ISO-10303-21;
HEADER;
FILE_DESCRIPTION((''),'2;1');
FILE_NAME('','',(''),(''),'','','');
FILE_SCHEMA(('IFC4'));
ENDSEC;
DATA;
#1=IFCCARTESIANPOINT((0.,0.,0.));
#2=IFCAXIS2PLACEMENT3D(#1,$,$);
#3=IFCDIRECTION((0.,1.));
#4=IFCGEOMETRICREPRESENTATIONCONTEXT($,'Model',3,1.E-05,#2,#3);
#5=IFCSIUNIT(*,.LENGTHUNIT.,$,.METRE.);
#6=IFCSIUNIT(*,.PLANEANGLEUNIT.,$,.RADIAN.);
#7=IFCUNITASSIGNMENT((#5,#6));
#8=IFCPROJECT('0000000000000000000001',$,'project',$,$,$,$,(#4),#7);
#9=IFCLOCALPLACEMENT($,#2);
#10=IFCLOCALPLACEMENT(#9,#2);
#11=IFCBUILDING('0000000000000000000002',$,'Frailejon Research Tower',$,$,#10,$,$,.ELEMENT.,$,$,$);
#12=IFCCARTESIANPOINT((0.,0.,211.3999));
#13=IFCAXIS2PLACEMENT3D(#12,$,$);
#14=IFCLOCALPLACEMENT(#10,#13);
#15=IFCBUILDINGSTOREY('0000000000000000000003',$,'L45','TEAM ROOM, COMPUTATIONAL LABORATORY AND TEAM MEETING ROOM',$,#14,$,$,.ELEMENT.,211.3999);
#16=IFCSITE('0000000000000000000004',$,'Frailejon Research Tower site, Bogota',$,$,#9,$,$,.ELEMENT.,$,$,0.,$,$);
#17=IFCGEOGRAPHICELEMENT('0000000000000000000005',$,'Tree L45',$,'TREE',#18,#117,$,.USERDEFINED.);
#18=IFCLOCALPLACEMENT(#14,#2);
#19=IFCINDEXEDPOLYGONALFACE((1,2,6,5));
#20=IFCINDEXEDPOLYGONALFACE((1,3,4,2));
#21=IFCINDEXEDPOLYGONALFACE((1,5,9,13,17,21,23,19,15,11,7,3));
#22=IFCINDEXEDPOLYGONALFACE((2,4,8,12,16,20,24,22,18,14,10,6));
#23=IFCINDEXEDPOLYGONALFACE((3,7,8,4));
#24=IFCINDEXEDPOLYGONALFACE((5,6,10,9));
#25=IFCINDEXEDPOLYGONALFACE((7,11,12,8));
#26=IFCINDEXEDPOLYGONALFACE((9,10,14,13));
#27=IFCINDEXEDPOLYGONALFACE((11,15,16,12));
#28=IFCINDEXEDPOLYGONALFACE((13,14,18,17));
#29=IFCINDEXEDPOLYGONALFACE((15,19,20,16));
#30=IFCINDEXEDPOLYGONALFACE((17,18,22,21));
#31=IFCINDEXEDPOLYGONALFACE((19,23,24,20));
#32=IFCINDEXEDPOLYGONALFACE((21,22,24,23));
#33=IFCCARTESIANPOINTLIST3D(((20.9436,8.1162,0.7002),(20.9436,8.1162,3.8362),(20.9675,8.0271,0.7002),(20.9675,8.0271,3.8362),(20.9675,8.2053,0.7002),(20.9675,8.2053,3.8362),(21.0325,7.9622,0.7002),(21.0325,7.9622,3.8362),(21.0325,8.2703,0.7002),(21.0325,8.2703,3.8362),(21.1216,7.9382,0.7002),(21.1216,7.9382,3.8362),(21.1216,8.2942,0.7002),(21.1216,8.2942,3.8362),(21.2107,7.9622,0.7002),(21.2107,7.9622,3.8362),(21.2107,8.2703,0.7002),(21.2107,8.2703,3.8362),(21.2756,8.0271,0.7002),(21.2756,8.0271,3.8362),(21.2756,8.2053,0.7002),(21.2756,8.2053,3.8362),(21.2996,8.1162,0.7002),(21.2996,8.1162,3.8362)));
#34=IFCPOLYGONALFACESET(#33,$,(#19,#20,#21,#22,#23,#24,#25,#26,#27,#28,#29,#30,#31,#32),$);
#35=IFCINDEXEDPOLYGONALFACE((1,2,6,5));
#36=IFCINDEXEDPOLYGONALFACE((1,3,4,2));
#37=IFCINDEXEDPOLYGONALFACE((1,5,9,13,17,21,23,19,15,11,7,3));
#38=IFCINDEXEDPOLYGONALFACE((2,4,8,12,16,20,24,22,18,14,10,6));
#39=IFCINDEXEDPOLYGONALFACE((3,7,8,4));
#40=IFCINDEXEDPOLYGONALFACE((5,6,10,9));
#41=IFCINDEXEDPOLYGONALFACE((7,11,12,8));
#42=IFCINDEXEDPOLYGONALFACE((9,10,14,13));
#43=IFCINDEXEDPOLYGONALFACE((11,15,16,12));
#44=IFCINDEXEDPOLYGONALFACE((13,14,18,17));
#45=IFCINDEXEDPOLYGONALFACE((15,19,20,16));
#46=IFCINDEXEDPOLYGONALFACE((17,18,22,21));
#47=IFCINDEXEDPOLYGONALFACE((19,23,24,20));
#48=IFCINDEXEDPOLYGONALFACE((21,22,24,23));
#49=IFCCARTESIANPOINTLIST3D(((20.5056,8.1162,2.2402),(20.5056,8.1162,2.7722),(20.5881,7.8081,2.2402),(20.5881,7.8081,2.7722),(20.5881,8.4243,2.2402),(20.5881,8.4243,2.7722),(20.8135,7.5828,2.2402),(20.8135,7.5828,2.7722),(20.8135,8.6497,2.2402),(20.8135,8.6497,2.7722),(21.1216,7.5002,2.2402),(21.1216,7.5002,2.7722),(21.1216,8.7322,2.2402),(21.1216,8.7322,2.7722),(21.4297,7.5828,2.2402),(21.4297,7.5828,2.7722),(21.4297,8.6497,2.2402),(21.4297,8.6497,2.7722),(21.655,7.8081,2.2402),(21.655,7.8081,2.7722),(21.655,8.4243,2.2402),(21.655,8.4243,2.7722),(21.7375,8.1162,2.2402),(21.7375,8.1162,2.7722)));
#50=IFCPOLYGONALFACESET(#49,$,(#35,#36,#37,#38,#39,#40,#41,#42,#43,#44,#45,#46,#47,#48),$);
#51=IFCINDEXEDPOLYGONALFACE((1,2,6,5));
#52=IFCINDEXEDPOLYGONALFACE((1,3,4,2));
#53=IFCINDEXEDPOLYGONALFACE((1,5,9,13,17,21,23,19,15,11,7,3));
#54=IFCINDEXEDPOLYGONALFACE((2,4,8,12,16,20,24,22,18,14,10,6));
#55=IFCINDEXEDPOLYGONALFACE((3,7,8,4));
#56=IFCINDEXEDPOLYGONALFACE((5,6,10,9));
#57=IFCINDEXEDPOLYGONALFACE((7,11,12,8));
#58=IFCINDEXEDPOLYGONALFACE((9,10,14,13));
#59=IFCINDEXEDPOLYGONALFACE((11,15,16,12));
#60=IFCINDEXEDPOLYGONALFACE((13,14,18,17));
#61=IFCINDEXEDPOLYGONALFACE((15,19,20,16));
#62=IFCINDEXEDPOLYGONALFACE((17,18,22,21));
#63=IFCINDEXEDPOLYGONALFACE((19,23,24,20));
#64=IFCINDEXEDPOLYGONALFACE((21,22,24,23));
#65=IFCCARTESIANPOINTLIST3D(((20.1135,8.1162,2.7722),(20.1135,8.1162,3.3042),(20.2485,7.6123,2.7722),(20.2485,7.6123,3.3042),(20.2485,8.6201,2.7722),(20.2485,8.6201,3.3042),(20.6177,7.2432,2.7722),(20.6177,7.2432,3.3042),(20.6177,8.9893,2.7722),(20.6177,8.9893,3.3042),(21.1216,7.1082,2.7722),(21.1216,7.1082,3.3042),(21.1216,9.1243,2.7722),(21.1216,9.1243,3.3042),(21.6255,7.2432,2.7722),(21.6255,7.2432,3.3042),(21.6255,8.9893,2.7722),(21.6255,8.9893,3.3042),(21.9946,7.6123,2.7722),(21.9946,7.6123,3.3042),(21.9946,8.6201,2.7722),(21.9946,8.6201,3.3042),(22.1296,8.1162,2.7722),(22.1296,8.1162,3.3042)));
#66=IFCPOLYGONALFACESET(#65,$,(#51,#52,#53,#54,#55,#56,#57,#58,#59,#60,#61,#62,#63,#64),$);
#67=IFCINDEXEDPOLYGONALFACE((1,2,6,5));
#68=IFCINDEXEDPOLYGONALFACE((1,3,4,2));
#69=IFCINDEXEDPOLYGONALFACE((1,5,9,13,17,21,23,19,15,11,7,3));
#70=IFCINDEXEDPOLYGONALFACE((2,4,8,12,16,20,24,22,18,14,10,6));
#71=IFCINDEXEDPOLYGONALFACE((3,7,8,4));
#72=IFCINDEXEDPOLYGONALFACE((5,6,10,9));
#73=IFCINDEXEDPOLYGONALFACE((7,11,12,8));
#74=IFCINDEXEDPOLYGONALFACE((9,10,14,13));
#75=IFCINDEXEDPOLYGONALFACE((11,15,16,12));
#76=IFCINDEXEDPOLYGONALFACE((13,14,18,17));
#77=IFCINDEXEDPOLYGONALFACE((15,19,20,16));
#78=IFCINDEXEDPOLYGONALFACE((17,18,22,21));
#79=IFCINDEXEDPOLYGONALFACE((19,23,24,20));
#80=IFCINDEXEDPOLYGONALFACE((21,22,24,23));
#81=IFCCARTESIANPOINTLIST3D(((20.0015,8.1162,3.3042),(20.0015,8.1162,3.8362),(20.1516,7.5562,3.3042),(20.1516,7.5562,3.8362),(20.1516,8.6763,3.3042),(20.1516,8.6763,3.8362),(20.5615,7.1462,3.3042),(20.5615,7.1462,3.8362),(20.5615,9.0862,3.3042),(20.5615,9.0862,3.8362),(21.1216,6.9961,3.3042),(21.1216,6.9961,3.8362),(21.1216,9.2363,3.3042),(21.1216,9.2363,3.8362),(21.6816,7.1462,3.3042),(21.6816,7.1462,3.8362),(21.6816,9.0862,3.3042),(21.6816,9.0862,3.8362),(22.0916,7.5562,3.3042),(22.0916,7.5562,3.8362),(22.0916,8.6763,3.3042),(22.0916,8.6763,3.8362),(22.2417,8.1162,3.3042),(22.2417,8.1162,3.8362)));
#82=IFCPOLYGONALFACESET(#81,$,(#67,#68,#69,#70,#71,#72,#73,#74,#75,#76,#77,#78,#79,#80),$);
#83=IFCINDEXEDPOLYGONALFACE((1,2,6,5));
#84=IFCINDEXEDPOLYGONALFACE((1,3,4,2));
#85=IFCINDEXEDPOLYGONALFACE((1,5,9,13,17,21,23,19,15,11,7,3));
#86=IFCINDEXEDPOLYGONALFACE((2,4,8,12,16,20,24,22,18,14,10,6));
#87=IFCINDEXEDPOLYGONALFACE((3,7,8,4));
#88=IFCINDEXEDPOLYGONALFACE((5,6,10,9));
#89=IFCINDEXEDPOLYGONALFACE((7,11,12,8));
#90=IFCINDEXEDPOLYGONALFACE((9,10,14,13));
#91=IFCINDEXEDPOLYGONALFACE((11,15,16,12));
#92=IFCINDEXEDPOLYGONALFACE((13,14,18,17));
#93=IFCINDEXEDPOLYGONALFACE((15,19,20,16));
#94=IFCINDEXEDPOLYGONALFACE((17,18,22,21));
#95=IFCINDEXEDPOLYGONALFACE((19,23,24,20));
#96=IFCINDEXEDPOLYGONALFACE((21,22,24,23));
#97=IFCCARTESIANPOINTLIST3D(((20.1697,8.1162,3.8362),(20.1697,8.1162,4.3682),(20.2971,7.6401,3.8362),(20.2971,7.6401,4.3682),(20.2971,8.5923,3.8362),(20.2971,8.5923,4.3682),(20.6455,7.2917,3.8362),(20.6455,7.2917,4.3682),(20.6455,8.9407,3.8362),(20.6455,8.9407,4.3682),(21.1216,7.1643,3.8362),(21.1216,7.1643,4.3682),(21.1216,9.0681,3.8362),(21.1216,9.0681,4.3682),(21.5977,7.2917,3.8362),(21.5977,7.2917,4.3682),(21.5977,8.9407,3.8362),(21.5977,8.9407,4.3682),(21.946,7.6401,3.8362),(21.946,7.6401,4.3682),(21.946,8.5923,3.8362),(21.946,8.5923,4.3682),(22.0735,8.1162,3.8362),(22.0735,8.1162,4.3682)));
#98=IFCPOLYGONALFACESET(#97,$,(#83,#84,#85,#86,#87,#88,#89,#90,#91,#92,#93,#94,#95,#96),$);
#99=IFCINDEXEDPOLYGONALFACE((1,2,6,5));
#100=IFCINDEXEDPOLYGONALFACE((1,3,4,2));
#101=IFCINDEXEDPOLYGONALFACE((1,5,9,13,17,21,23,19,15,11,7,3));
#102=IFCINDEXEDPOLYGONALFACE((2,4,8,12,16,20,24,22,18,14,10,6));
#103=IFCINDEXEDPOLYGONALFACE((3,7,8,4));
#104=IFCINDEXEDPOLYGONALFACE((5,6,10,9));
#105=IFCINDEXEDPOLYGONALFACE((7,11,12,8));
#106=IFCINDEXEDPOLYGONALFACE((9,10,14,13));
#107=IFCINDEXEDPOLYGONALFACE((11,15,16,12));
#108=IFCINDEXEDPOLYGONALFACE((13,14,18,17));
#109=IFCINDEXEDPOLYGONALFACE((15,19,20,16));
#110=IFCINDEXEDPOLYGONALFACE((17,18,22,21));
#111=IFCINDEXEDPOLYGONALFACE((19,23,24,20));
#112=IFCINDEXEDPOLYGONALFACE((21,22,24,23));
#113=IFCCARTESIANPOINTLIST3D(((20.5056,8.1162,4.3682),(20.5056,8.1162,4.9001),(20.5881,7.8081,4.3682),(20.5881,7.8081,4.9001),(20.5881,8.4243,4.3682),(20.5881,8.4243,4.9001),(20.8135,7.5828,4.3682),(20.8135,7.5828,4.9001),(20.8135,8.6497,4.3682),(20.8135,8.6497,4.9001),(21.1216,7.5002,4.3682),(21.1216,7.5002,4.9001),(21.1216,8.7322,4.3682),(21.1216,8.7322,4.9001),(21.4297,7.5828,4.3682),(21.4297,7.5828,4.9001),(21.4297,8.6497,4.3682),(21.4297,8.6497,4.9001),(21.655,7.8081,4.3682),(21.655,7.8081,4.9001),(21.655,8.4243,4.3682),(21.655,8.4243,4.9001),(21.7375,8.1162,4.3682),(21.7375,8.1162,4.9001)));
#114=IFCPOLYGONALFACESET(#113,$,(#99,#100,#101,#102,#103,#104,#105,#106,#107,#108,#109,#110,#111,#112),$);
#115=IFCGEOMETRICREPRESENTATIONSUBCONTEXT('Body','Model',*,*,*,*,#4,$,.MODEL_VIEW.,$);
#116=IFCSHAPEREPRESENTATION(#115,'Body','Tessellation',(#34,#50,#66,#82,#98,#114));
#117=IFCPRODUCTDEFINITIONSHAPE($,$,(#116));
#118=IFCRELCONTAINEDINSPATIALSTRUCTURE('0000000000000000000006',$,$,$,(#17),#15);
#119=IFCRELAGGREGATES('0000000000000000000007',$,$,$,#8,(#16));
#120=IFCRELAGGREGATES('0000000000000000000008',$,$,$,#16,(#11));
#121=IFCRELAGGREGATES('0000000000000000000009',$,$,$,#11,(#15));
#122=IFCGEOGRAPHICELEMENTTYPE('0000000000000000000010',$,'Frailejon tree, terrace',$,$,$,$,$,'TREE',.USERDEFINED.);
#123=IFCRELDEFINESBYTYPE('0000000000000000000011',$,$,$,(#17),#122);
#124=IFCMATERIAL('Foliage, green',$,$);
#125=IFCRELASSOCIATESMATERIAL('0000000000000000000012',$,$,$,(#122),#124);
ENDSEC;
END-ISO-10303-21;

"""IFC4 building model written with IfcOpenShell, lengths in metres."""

from ifc_helpers import new_model, si_unit, direction, frame, origin, place, context, subcontext, project, spatial, polyline, outline, extrude, material, type_object, element, save


model = new_model("IFC4")

# Units and contexts
model_context = context("Model", 3, precision=1e-05, world=origin(), true_north=direction((0.0, 1.0)))
body_context = subcontext(model_context, "Body", "Model", "MODEL_VIEW")
ifc_project = project(units=[si_unit("LENGTHUNIT", "METRE"), si_unit("PLANEANGLEUNIT", "RADIAN")], contexts=[model_context])

# Site, building, storey
site_placement = place(None, origin())
site = spatial("IfcSite", under=ifc_project, at=site_placement, Name="Frailejon Research Tower site, Bogota", CompositionType="ELEMENT", RefElevation=0.0)
building_placement = place(site_placement, origin())
building = spatial("IfcBuilding", under=site, at=building_placement, Name="Frailejon Research Tower", CompositionType="ELEMENT")
storey_placement = place(building_placement, frame((0.0, 0.0, 211.3999)))
storey = spatial("IfcBuildingStorey", under=building, at=storey_placement, Name="L45", Description="TEAM ROOM, COMPUTATIONAL LABORATORY AND TEAM MEETING ROOM", CompositionType="ELEMENT", Elevation=211.3999)

# Geographic element
ifc_material_1 = material(Name="Foliage, green")
geographic_element_type = type_object("IfcGeographicElementType", Name="Frailejon tree, terrace", ElementType="TREE", PredefinedType="USERDEFINED", material=ifc_material_1)
geographic_element_placement = place(storey_placement, frame((21.1216, 8.1162, 0.7002)))
element("IfcGeographicElement", 1, at=geographic_element_placement, inside=storey, type_object=geographic_element_type, Name="Tree L45", ObjectType="TREE", PredefinedType="USERDEFINED", context=body_context, shape_type="SweptSolid", body=[
    extrude(outline(polyline([(0.178, 0.0), (0.1541, 0.0891), (0.0891, 0.1541), (0.0, 0.178), (-0.0891, 0.1541), (-0.1541, 0.0891), (-0.178, 0.0), (-0.1541, -0.0891), (-0.0891, -0.1541), (0.0, -0.178), (0.0891, -0.1541), (0.1541, -0.0891), (0.178, 0.0)])), origin(), (0.0, 0.0, 1.0), 3.136),
    extrude(outline(polyline([(0.616, 0.0), (0.5334, 0.3081), (0.3081, 0.5334), (0.0, 0.616), (-0.3081, 0.5334), (-0.5334, 0.3081), (-0.616, 0.0), (-0.5334, -0.3081), (-0.3081, -0.5334), (0.0, -0.616), (0.3081, -0.5334), (0.5334, -0.3081), (0.616, 0.0)])), frame((0.0, 0.0, 1.54)), (0.0, 0.0, 1.0), 0.532),
    extrude(outline(polyline([(1.0081, 0.0), (0.873, 0.5039), (0.5039, 0.873), (0.0, 1.0081), (-0.5039, 0.873), (-0.873, 0.5039), (-1.0081, 0.0), (-0.873, -0.5039), (-0.5039, -0.873), (0.0, -1.0081), (0.5039, -0.873), (0.873, -0.5039), (1.0081, 0.0)])), frame((0.0, 0.0, 2.072)), (0.0, 0.0, 1.0), 0.532),
    extrude(outline(polyline([(1.1201, 0.0), (0.97, 0.5601), (0.5601, 0.97), (0.0, 1.1201), (-0.5601, 0.97), (-0.97, 0.5601), (-1.1201, 0.0), (-0.97, -0.5601), (-0.5601, -0.97), (0.0, -1.1201), (0.5601, -0.97), (0.97, -0.5601), (1.1201, 0.0)])), frame((0.0, 0.0, 2.604)), (0.0, 0.0, 1.0), 0.532),
    extrude(outline(polyline([(0.9519, 0.0), (0.8245, 0.4761), (0.4761, 0.8245), (0.0, 0.9519), (-0.4761, 0.8245), (-0.8245, 0.4761), (-0.9519, 0.0), (-0.8245, -0.4761), (-0.4761, -0.8245), (0.0, -0.9519), (0.4761, -0.8245), (0.8245, -0.4761), (0.9519, 0.0)])), frame((0.0, 0.0, 3.136)), (0.0, 0.0, 1.0), 0.532),
    extrude(outline(polyline([(0.616, 0.0), (0.5334, 0.3081), (0.3081, 0.5334), (0.0, 0.616), (-0.3081, 0.5334), (-0.5334, 0.3081), (-0.616, 0.0), (-0.5334, -0.3081), (-0.3081, -0.5334), (0.0, -0.616), (0.3081, -0.5334), (0.5334, -0.3081), (0.616, 0.0)])), frame((0.0, 0.0, 3.668)), (0.0, 0.0, 1.0), 0.532),
])

save(model, "model.ifc")
